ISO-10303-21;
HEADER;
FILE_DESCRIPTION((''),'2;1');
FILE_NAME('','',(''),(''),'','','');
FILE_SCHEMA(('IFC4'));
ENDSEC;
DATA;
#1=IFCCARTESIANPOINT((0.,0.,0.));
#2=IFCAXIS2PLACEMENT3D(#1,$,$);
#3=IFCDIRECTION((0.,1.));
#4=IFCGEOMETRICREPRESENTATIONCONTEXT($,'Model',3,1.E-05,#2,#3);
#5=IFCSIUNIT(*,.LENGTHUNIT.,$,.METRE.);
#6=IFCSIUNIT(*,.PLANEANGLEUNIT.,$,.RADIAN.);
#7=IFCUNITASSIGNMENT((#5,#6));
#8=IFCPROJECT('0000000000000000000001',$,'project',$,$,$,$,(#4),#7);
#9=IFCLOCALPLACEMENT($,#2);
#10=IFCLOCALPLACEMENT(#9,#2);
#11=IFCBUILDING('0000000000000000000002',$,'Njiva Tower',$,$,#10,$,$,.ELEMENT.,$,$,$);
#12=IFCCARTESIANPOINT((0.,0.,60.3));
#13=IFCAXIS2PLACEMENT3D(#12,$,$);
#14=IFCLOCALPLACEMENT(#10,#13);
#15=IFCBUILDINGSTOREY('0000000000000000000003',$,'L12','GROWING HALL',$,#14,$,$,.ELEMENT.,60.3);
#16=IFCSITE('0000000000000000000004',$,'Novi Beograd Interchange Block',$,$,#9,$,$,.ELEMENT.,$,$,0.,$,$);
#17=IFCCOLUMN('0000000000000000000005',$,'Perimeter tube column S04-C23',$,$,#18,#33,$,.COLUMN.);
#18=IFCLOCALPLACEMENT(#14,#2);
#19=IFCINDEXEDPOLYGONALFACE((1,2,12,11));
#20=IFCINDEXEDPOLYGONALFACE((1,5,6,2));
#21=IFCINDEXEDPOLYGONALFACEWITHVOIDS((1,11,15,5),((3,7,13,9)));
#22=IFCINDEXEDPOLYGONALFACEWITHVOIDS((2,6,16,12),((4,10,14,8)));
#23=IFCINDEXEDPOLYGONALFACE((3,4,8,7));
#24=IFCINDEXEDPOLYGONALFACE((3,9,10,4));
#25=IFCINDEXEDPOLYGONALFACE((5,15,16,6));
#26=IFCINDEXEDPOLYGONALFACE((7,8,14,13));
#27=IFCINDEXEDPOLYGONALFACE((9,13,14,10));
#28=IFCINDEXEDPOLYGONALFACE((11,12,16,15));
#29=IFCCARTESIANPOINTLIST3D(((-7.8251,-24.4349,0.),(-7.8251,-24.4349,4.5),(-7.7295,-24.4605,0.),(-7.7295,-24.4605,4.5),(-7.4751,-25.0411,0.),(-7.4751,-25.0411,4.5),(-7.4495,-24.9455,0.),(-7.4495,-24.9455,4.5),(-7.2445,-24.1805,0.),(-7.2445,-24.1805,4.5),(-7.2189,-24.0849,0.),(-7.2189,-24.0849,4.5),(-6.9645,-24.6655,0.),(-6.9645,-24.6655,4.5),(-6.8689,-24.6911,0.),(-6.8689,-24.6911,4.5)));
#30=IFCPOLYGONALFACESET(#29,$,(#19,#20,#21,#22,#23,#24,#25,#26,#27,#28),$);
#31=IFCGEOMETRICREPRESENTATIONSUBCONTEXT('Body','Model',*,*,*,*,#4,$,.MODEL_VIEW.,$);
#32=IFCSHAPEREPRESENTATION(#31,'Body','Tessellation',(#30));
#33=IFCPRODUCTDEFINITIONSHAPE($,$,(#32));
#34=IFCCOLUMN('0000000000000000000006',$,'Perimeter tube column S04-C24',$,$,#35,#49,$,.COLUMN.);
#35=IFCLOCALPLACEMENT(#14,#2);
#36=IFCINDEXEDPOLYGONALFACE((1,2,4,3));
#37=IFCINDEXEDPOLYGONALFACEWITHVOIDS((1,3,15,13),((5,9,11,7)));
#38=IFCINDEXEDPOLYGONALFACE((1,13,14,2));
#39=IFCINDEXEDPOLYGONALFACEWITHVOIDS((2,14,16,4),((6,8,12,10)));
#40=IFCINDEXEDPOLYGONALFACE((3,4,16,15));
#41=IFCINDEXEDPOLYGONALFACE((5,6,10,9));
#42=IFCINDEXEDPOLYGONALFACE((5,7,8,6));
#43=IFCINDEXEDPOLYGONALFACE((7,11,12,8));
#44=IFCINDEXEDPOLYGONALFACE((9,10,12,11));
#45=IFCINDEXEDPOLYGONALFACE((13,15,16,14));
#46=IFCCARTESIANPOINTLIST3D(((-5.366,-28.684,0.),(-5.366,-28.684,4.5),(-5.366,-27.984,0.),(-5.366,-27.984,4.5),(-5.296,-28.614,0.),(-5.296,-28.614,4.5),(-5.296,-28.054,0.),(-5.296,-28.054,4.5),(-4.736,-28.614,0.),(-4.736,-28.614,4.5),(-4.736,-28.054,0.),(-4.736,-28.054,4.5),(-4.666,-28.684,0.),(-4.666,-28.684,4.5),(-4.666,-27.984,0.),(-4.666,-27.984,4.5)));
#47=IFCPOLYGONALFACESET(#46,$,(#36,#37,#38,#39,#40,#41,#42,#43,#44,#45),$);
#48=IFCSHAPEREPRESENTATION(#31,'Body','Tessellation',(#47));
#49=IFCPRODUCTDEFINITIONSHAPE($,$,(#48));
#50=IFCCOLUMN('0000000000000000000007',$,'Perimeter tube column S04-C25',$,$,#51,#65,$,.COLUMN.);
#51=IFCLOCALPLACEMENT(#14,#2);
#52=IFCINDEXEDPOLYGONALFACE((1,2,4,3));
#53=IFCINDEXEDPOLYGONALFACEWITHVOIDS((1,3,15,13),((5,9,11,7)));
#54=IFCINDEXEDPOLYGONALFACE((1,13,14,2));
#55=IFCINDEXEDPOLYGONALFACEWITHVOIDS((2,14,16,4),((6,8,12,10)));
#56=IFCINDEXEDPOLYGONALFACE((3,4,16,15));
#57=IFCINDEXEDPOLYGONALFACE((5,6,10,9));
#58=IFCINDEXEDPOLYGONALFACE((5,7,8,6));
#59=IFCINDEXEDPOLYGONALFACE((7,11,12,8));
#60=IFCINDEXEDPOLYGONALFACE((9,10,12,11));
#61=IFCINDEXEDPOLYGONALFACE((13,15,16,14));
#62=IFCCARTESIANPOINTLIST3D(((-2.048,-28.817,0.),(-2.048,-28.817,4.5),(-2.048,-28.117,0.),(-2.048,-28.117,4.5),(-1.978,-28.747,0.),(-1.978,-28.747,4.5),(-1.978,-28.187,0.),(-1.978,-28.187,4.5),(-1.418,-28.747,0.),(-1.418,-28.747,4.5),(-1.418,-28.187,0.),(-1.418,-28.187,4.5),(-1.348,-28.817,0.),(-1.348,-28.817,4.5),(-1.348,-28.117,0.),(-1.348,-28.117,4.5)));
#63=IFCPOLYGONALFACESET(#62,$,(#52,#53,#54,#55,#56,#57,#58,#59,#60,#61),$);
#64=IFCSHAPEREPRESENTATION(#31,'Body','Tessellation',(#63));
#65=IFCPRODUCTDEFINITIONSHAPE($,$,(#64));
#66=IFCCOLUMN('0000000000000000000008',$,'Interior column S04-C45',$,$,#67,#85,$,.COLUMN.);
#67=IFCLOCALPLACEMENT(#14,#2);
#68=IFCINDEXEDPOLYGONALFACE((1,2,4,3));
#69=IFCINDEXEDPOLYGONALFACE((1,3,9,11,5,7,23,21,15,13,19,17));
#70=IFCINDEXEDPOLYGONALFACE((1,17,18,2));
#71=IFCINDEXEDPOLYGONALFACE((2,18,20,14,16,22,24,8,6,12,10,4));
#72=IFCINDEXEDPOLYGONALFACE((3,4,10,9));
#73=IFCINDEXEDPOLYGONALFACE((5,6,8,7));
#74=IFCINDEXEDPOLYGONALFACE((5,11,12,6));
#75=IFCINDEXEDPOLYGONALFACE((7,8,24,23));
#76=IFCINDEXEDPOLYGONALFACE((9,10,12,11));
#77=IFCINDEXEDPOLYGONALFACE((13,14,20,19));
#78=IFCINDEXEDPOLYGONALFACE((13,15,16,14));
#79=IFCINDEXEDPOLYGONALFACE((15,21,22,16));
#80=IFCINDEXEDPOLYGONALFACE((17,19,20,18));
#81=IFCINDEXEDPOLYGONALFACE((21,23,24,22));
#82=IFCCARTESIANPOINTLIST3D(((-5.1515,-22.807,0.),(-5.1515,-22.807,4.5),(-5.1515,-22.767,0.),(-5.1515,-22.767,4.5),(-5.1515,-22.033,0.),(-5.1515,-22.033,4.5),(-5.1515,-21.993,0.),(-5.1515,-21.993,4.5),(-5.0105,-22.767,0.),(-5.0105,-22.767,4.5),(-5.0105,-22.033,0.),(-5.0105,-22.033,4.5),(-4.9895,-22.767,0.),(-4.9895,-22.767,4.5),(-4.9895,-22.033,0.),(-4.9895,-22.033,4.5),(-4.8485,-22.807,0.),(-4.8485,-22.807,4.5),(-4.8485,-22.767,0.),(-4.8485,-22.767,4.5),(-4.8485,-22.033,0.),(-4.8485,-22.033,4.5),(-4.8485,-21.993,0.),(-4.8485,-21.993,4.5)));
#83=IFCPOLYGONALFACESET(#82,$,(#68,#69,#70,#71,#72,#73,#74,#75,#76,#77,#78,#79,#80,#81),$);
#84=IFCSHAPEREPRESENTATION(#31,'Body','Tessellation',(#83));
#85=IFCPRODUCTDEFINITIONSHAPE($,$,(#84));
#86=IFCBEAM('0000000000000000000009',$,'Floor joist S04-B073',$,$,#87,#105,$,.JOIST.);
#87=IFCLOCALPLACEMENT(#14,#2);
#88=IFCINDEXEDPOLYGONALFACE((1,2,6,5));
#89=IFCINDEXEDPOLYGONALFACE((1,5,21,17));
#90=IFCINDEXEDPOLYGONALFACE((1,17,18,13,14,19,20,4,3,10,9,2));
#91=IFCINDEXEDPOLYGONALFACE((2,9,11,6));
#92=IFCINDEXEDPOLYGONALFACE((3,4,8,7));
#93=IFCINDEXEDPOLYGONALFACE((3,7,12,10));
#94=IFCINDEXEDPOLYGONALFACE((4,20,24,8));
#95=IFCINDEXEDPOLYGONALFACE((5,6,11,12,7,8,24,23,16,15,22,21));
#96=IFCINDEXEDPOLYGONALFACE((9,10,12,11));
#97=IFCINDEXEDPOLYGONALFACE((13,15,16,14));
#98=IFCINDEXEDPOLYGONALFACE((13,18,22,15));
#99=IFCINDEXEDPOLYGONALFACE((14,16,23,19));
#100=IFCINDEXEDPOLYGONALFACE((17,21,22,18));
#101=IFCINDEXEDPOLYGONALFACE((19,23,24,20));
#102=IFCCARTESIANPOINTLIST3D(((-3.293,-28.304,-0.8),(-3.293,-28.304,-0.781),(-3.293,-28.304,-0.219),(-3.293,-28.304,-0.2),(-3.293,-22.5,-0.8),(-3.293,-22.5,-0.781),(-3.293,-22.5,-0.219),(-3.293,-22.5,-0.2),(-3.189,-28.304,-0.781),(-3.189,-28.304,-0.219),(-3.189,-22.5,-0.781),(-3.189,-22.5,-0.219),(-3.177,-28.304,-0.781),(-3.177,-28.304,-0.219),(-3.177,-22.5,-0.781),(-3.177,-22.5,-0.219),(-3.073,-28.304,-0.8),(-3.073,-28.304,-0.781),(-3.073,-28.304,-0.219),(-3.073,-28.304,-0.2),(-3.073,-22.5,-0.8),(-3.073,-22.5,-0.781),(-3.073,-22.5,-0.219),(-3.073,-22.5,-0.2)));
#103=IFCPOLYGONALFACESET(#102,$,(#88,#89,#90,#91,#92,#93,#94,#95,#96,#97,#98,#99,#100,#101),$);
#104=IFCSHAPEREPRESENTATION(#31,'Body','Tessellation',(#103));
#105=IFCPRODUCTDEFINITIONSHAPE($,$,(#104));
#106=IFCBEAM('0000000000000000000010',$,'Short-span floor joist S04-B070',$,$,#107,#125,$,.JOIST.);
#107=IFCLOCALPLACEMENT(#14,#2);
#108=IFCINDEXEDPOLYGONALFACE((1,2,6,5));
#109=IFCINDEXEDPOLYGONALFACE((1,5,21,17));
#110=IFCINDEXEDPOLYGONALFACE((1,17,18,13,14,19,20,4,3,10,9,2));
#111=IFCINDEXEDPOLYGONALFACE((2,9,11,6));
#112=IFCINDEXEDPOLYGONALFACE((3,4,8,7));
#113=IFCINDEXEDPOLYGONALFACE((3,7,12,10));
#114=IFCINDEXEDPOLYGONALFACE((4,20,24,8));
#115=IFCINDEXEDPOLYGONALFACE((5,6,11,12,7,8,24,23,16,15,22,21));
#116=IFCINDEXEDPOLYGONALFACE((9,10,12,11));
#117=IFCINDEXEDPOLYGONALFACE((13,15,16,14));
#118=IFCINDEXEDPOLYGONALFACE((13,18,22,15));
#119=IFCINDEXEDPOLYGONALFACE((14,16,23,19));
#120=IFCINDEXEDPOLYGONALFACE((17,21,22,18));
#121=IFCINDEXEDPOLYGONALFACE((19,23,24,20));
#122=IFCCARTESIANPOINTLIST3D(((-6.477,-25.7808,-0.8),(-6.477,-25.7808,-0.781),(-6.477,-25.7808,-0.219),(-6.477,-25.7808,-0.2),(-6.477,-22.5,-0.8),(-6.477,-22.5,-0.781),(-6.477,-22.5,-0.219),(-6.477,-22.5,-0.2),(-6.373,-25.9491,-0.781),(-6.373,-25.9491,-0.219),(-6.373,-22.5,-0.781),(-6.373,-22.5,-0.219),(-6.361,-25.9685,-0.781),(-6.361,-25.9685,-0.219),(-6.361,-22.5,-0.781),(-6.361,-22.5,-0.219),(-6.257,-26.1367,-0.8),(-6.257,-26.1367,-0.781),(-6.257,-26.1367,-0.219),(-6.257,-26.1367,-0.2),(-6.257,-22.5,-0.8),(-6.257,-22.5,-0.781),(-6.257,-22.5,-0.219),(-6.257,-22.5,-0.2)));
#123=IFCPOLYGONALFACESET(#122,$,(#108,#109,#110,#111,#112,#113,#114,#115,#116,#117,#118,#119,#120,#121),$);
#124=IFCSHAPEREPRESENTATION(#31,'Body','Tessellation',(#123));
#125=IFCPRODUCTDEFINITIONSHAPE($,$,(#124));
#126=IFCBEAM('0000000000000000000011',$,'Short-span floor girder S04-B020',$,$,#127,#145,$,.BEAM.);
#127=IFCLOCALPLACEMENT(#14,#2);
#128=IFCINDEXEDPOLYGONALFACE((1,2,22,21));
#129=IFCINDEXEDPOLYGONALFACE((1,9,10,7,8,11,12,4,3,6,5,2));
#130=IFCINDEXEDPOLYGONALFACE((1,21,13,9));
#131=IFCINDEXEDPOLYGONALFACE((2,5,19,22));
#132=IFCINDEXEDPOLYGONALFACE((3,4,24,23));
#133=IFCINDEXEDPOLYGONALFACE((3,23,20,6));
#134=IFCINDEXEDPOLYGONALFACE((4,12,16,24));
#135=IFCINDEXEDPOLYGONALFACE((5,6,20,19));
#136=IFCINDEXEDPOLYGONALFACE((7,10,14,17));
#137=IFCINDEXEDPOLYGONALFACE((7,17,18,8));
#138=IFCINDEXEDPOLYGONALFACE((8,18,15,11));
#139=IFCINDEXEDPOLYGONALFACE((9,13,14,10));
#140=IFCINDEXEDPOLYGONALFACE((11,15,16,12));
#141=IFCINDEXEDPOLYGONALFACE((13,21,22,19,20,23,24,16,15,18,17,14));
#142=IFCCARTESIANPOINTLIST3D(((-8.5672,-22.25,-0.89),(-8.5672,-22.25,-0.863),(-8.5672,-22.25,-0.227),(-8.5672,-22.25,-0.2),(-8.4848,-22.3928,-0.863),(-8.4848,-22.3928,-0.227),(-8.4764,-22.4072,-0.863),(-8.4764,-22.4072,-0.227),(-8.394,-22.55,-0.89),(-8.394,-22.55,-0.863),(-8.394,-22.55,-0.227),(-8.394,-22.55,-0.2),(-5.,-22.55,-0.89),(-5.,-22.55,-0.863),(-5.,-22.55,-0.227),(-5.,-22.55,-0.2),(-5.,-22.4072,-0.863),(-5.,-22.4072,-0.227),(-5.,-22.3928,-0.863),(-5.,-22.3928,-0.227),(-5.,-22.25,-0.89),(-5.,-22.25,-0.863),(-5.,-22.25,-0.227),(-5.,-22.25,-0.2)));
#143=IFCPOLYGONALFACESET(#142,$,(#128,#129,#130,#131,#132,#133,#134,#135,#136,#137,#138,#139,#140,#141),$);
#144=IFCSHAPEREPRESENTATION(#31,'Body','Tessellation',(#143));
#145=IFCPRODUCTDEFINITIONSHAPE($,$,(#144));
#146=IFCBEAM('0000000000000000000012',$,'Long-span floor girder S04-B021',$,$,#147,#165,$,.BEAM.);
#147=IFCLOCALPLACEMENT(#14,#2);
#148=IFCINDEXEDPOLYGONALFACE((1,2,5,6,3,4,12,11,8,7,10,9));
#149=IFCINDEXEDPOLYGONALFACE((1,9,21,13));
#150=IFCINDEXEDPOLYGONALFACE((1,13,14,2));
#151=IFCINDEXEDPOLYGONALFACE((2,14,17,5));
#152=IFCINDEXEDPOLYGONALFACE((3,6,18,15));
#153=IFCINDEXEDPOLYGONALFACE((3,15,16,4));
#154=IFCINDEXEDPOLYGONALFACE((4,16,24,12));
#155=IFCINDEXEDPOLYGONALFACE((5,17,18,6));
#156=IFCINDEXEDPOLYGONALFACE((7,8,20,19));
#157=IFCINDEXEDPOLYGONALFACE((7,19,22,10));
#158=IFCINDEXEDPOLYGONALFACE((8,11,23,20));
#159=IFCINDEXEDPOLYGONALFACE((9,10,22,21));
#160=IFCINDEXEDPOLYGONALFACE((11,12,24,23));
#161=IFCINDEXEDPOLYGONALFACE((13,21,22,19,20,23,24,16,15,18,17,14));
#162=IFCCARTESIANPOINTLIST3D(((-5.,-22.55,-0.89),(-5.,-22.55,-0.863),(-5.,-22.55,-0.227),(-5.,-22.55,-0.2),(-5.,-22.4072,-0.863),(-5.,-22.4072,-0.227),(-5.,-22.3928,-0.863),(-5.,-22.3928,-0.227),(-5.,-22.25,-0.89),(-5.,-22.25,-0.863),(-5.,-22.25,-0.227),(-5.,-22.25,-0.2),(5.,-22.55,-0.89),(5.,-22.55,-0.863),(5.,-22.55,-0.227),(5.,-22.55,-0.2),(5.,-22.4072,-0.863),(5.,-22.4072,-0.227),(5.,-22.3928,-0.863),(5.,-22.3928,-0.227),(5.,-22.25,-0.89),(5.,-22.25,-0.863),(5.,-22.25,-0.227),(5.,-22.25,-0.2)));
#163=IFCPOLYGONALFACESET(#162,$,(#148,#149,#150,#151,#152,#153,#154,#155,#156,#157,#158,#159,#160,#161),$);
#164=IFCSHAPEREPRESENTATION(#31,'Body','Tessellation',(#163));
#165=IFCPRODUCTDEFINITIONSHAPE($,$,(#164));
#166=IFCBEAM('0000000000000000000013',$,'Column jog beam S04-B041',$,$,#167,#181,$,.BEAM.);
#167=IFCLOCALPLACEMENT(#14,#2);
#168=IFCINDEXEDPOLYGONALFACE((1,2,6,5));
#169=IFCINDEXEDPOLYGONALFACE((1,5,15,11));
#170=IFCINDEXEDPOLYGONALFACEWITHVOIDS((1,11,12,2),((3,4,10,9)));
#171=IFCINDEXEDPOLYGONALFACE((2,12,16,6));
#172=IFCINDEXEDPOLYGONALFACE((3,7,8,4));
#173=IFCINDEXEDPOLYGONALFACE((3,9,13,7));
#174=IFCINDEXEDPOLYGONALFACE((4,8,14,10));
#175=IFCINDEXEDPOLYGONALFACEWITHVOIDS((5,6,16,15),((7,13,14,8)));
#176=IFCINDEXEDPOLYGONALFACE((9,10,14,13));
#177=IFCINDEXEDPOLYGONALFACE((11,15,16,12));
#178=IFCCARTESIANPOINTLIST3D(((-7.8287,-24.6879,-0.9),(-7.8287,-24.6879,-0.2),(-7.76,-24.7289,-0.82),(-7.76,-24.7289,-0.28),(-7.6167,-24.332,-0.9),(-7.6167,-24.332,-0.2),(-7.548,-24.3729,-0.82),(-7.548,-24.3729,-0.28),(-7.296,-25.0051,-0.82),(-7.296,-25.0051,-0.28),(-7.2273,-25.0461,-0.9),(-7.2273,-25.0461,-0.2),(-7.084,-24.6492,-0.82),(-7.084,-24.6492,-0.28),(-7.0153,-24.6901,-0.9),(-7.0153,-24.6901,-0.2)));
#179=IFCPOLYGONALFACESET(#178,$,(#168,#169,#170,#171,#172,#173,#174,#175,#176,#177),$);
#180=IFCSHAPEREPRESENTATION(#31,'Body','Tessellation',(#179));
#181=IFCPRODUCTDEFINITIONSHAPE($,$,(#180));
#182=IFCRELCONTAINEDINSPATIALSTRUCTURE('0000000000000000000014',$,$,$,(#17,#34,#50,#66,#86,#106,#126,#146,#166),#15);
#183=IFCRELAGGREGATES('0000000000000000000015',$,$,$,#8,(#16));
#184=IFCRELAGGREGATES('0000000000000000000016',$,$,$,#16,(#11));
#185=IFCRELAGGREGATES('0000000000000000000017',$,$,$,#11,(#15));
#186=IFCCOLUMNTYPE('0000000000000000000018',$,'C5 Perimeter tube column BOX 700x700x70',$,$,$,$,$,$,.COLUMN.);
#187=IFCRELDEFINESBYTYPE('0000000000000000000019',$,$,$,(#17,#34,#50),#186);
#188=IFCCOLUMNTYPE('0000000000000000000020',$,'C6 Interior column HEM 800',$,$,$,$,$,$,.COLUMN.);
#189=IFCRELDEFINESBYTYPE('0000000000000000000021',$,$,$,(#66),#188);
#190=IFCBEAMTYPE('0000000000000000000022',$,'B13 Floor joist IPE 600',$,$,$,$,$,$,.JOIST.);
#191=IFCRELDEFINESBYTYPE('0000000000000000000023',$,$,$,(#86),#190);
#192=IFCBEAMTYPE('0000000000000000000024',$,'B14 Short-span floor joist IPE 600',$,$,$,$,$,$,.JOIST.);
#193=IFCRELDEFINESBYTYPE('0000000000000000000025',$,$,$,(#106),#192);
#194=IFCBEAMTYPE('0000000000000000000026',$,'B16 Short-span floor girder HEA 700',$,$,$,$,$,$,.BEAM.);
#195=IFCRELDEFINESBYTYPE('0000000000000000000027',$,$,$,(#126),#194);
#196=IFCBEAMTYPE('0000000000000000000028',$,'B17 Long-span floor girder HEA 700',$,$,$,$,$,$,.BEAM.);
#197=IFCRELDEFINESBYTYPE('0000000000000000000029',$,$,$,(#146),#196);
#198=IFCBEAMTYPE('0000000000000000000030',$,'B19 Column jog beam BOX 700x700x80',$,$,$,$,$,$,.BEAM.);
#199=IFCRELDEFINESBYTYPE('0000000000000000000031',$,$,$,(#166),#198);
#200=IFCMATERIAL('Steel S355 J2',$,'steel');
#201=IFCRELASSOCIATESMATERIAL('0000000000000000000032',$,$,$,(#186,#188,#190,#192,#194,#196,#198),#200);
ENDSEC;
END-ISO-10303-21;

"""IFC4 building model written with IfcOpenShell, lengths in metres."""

from ifc_helpers import new_model, si_unit, direction, frame, origin, origin_2d, place, context, subcontext, project, spatial, hollow_rectangle, i_section, extrude, clip, halfspace, material, material_profile, profile_set, type_object, element, save


model = new_model("IFC4")

# Units and contexts
model_context = context("Model", 3, precision=1e-05, world=origin(), true_north=direction((0.0, 1.0)))
body_context = subcontext(model_context, "Body", "Model", "MODEL_VIEW")
ifc_project = project(units=[si_unit("LENGTHUNIT", "METRE"), si_unit("PLANEANGLEUNIT", "RADIAN")], contexts=[model_context])

# Site, building, storey
site_placement = place(None, origin())
site = spatial("IfcSite", under=ifc_project, at=site_placement, Name="Novi Beograd Interchange Block", CompositionType="ELEMENT", RefElevation=0.0)
building_placement = place(site_placement, origin())
building = spatial("IfcBuilding", under=site, at=building_placement, Name="Njiva Tower", CompositionType="ELEMENT")
storey_placement = place(building_placement, frame((0.0, 0.0, 60.3)))
storey = spatial("IfcBuildingStorey", under=building, at=storey_placement, Name="L12", Description="GROWING HALL", CompositionType="ELEMENT", Elevation=60.3)

# Columns
ifc_material_1 = material(Name="Steel S355 J2", Category="steel")
ifc_material_profile_1 = material_profile(ifc_material_1, hollow_rectangle(XDim=0.7, YDim=0.7, WallThickness=0.07, at=origin_2d()), Name="BOX 700x700x70")
ifc_profile_set_1 = profile_set([ifc_material_profile_1], Name="Steel S355 J2")
column_type_1 = type_object("IfcColumnType", Name="C5 Perimeter tube column BOX 700x700x70", PredefinedType="COLUMN", material=ifc_profile_set_1)
for number, where, z_axis, x_axis, name in (
    (1, (-7.347, -24.563, 0.0), (0.0, 0.0, 1.0), (0.5, -0.866025, 0.0), "Perimeter tube column S04-C23"),
    (2, (-5.016, -28.334, 0.0), (0.0, 0.0, 1.0), (1.0, 0.0, 0.0), "Perimeter tube column S04-C24"),
    (3, (-1.698, -28.467, 0.0), (0.0, 0.0, 1.0), (1.0, 0.0, 0.0), "Perimeter tube column S04-C25"),
):
    element("IfcColumn", number, at=place(storey_placement, frame(where, z_axis=z_axis, x_axis=x_axis)), inside=storey, type_object=column_type_1, Name=name, PredefinedType="COLUMN", context=body_context, shape_type="SweptSolid", body=[
        extrude(hollow_rectangle(XDim=0.7, YDim=0.7, WallThickness=0.07, at=origin_2d()), origin(), (0.0, 0.0, 1.0), 4.5),
    ])
ifc_material_profile_2 = material_profile(ifc_material_1, i_section(OverallWidth=0.303, OverallDepth=0.814, WebThickness=0.021, FlangeThickness=0.04, at=origin_2d()), Name="HEM 800")
ifc_profile_set_2 = profile_set([ifc_material_profile_2], Name="Steel S355 J2")
column_type_2 = type_object("IfcColumnType", Name="C6 Interior column HEM 800", PredefinedType="COLUMN", material=ifc_profile_set_2)
column_placement = place(storey_placement, frame((-5.0, -22.4, 0.0), z_axis=(0.0, 0.0, 1.0), x_axis=(1.0, 0.0, 0.0)))
element("IfcColumn", 4, at=column_placement, inside=storey, type_object=column_type_2, Name="Interior column S04-C45", PredefinedType="COLUMN", context=body_context, shape_type="SweptSolid", body=[
    extrude(i_section(OverallWidth=0.303, OverallDepth=0.814, WebThickness=0.021, FlangeThickness=0.04, at=origin_2d()), origin(), (0.0, 0.0, 1.0), 4.5),
])

# Beams
ifc_material_profile_3 = material_profile(ifc_material_1, i_section(OverallWidth=0.22, OverallDepth=0.6, WebThickness=0.012, FlangeThickness=0.019, at=origin_2d()), Name="IPE 600")
ifc_profile_set_3 = profile_set([ifc_material_profile_3], Name="Steel S355 J2")
beam_type_1 = type_object("IfcBeamType", Name="B13 Floor joist IPE 600", PredefinedType="JOIST", material=ifc_profile_set_3)
beam_1_placement = place(storey_placement, frame((-3.183, -22.5, -0.5), z_axis=(0.0, -1.0, 0.0), x_axis=(1.0, 0.0, 0.0)))
element("IfcBeam", 5, at=beam_1_placement, inside=storey, type_object=beam_type_1, Name="Floor joist S04-B073", PredefinedType="JOIST", context=body_context, shape_type="SweptSolid", body=[
    extrude(i_section(OverallWidth=0.22, OverallDepth=0.6, WebThickness=0.012, FlangeThickness=0.019, at=origin_2d()), origin(), (0.0, 0.0, 1.0), 5.804),
])
ifc_material_profile_4 = material_profile(ifc_material_1, i_section(OverallWidth=0.22, OverallDepth=0.6, WebThickness=0.012, FlangeThickness=0.019, at=origin_2d()), Name="IPE 600")
ifc_profile_set_4 = profile_set([ifc_material_profile_4], Name="Steel S355 J2")
beam_type_2 = type_object("IfcBeamType", Name="B14 Short-span floor joist IPE 600", PredefinedType="JOIST", material=ifc_profile_set_4)
beam_2_placement = place(storey_placement, frame((-6.367, -22.5, -0.5), z_axis=(0.0, -1.0, 0.0), x_axis=(1.0, 0.0, 0.0)))
element("IfcBeam", 6, at=beam_2_placement, inside=storey, type_object=beam_type_2, Name="Short-span floor joist S04-B070", PredefinedType="JOIST", context=body_context, shape_type="Clipping", body=[
    clip(extrude(i_section(OverallWidth=0.22, OverallDepth=0.6, WebThickness=0.012, FlangeThickness=0.019, at=origin_2d()), origin(), (0.0, 0.0, 1.0), 3.657), halfspace(frame((-0.0422, 0.0, 3.3905), z_axis=(-0.850625, 0.0, 0.525773), x_axis=(0.0, 1.0, 0.0)), False)),
])
ifc_material_profile_5 = material_profile(ifc_material_1, i_section(OverallWidth=0.3, OverallDepth=0.69, WebThickness=0.0145, FlangeThickness=0.027, at=origin_2d()), Name="HEA 700")
ifc_profile_set_5 = profile_set([ifc_material_profile_5], Name="Steel S355 J2")
beam_type_3 = type_object("IfcBeamType", Name="B16 Short-span floor girder HEA 700", PredefinedType="BEAM", material=ifc_profile_set_5)
beam_3_placement = place(storey_placement, frame((-8.588, -22.4, -0.545), z_axis=(1.0, 0.0, 0.0), x_axis=(0.0, 1.0, 0.0)))
element("IfcBeam", 7, at=beam_3_placement, inside=storey, type_object=beam_type_3, Name="Short-span floor girder S04-B020", PredefinedType="BEAM", context=body_context, shape_type="Clipping", body=[
    clip(extrude(i_section(OverallWidth=0.3, OverallDepth=0.69, WebThickness=0.0145, FlangeThickness=0.027, at=origin_2d()), origin(), (0.0, 0.0, 1.0), 3.588), halfspace(frame((-0.025, 0.0, 0.1218), z_axis=(-0.499998, 0.0, -0.866027), x_axis=(0.0, -1.0, 0.0)), False)),
])
ifc_material_profile_6 = material_profile(ifc_material_1, i_section(OverallWidth=0.3, OverallDepth=0.69, WebThickness=0.0145, FlangeThickness=0.027, at=origin_2d()), Name="HEA 700")
ifc_profile_set_6 = profile_set([ifc_material_profile_6], Name="Steel S355 J2")
beam_type_4 = type_object("IfcBeamType", Name="B17 Long-span floor girder HEA 700", PredefinedType="BEAM", material=ifc_profile_set_6)
beam_4_placement = place(storey_placement, frame((-5.0, -22.4, -0.545), z_axis=(1.0, 0.0, 0.0), x_axis=(0.0, 1.0, 0.0)))
element("IfcBeam", 8, at=beam_4_placement, inside=storey, type_object=beam_type_4, Name="Long-span floor girder S04-B021", PredefinedType="BEAM", context=body_context, shape_type="SweptSolid", body=[
    extrude(i_section(OverallWidth=0.3, OverallDepth=0.69, WebThickness=0.0145, FlangeThickness=0.027, at=origin_2d()), origin(), (0.0, 0.0, 1.0), 10.0),
])
ifc_material_profile_7 = material_profile(ifc_material_1, hollow_rectangle(XDim=0.7, YDim=0.7, WallThickness=0.08, at=origin_2d()), Name="BOX 700x700x80")
ifc_profile_set_7 = profile_set([ifc_material_profile_7], Name="Steel S355 J2")
beam_type_5 = type_object("IfcBeamType", Name="B19 Column jog beam BOX 700x700x80", PredefinedType="BEAM", material=ifc_profile_set_7)
beam_5_placement = place(storey_placement, frame((-7.528, -24.867, -0.55), z_axis=(0.511654, 0.859192, 0.0), x_axis=(-0.859192, 0.511654, 0.0)))
element("IfcBeam", 9, at=beam_5_placement, inside=storey, type_object=beam_type_5, Name="Column jog beam S04-B041", PredefinedType="BEAM", context=body_context, shape_type="SweptSolid", body=[
    extrude(hollow_rectangle(XDim=0.7, YDim=0.7, WallThickness=0.08, at=origin_2d()), origin(), (0.0, 0.0, 1.0), 0.4143),
])

save(model, "model.ifc")
